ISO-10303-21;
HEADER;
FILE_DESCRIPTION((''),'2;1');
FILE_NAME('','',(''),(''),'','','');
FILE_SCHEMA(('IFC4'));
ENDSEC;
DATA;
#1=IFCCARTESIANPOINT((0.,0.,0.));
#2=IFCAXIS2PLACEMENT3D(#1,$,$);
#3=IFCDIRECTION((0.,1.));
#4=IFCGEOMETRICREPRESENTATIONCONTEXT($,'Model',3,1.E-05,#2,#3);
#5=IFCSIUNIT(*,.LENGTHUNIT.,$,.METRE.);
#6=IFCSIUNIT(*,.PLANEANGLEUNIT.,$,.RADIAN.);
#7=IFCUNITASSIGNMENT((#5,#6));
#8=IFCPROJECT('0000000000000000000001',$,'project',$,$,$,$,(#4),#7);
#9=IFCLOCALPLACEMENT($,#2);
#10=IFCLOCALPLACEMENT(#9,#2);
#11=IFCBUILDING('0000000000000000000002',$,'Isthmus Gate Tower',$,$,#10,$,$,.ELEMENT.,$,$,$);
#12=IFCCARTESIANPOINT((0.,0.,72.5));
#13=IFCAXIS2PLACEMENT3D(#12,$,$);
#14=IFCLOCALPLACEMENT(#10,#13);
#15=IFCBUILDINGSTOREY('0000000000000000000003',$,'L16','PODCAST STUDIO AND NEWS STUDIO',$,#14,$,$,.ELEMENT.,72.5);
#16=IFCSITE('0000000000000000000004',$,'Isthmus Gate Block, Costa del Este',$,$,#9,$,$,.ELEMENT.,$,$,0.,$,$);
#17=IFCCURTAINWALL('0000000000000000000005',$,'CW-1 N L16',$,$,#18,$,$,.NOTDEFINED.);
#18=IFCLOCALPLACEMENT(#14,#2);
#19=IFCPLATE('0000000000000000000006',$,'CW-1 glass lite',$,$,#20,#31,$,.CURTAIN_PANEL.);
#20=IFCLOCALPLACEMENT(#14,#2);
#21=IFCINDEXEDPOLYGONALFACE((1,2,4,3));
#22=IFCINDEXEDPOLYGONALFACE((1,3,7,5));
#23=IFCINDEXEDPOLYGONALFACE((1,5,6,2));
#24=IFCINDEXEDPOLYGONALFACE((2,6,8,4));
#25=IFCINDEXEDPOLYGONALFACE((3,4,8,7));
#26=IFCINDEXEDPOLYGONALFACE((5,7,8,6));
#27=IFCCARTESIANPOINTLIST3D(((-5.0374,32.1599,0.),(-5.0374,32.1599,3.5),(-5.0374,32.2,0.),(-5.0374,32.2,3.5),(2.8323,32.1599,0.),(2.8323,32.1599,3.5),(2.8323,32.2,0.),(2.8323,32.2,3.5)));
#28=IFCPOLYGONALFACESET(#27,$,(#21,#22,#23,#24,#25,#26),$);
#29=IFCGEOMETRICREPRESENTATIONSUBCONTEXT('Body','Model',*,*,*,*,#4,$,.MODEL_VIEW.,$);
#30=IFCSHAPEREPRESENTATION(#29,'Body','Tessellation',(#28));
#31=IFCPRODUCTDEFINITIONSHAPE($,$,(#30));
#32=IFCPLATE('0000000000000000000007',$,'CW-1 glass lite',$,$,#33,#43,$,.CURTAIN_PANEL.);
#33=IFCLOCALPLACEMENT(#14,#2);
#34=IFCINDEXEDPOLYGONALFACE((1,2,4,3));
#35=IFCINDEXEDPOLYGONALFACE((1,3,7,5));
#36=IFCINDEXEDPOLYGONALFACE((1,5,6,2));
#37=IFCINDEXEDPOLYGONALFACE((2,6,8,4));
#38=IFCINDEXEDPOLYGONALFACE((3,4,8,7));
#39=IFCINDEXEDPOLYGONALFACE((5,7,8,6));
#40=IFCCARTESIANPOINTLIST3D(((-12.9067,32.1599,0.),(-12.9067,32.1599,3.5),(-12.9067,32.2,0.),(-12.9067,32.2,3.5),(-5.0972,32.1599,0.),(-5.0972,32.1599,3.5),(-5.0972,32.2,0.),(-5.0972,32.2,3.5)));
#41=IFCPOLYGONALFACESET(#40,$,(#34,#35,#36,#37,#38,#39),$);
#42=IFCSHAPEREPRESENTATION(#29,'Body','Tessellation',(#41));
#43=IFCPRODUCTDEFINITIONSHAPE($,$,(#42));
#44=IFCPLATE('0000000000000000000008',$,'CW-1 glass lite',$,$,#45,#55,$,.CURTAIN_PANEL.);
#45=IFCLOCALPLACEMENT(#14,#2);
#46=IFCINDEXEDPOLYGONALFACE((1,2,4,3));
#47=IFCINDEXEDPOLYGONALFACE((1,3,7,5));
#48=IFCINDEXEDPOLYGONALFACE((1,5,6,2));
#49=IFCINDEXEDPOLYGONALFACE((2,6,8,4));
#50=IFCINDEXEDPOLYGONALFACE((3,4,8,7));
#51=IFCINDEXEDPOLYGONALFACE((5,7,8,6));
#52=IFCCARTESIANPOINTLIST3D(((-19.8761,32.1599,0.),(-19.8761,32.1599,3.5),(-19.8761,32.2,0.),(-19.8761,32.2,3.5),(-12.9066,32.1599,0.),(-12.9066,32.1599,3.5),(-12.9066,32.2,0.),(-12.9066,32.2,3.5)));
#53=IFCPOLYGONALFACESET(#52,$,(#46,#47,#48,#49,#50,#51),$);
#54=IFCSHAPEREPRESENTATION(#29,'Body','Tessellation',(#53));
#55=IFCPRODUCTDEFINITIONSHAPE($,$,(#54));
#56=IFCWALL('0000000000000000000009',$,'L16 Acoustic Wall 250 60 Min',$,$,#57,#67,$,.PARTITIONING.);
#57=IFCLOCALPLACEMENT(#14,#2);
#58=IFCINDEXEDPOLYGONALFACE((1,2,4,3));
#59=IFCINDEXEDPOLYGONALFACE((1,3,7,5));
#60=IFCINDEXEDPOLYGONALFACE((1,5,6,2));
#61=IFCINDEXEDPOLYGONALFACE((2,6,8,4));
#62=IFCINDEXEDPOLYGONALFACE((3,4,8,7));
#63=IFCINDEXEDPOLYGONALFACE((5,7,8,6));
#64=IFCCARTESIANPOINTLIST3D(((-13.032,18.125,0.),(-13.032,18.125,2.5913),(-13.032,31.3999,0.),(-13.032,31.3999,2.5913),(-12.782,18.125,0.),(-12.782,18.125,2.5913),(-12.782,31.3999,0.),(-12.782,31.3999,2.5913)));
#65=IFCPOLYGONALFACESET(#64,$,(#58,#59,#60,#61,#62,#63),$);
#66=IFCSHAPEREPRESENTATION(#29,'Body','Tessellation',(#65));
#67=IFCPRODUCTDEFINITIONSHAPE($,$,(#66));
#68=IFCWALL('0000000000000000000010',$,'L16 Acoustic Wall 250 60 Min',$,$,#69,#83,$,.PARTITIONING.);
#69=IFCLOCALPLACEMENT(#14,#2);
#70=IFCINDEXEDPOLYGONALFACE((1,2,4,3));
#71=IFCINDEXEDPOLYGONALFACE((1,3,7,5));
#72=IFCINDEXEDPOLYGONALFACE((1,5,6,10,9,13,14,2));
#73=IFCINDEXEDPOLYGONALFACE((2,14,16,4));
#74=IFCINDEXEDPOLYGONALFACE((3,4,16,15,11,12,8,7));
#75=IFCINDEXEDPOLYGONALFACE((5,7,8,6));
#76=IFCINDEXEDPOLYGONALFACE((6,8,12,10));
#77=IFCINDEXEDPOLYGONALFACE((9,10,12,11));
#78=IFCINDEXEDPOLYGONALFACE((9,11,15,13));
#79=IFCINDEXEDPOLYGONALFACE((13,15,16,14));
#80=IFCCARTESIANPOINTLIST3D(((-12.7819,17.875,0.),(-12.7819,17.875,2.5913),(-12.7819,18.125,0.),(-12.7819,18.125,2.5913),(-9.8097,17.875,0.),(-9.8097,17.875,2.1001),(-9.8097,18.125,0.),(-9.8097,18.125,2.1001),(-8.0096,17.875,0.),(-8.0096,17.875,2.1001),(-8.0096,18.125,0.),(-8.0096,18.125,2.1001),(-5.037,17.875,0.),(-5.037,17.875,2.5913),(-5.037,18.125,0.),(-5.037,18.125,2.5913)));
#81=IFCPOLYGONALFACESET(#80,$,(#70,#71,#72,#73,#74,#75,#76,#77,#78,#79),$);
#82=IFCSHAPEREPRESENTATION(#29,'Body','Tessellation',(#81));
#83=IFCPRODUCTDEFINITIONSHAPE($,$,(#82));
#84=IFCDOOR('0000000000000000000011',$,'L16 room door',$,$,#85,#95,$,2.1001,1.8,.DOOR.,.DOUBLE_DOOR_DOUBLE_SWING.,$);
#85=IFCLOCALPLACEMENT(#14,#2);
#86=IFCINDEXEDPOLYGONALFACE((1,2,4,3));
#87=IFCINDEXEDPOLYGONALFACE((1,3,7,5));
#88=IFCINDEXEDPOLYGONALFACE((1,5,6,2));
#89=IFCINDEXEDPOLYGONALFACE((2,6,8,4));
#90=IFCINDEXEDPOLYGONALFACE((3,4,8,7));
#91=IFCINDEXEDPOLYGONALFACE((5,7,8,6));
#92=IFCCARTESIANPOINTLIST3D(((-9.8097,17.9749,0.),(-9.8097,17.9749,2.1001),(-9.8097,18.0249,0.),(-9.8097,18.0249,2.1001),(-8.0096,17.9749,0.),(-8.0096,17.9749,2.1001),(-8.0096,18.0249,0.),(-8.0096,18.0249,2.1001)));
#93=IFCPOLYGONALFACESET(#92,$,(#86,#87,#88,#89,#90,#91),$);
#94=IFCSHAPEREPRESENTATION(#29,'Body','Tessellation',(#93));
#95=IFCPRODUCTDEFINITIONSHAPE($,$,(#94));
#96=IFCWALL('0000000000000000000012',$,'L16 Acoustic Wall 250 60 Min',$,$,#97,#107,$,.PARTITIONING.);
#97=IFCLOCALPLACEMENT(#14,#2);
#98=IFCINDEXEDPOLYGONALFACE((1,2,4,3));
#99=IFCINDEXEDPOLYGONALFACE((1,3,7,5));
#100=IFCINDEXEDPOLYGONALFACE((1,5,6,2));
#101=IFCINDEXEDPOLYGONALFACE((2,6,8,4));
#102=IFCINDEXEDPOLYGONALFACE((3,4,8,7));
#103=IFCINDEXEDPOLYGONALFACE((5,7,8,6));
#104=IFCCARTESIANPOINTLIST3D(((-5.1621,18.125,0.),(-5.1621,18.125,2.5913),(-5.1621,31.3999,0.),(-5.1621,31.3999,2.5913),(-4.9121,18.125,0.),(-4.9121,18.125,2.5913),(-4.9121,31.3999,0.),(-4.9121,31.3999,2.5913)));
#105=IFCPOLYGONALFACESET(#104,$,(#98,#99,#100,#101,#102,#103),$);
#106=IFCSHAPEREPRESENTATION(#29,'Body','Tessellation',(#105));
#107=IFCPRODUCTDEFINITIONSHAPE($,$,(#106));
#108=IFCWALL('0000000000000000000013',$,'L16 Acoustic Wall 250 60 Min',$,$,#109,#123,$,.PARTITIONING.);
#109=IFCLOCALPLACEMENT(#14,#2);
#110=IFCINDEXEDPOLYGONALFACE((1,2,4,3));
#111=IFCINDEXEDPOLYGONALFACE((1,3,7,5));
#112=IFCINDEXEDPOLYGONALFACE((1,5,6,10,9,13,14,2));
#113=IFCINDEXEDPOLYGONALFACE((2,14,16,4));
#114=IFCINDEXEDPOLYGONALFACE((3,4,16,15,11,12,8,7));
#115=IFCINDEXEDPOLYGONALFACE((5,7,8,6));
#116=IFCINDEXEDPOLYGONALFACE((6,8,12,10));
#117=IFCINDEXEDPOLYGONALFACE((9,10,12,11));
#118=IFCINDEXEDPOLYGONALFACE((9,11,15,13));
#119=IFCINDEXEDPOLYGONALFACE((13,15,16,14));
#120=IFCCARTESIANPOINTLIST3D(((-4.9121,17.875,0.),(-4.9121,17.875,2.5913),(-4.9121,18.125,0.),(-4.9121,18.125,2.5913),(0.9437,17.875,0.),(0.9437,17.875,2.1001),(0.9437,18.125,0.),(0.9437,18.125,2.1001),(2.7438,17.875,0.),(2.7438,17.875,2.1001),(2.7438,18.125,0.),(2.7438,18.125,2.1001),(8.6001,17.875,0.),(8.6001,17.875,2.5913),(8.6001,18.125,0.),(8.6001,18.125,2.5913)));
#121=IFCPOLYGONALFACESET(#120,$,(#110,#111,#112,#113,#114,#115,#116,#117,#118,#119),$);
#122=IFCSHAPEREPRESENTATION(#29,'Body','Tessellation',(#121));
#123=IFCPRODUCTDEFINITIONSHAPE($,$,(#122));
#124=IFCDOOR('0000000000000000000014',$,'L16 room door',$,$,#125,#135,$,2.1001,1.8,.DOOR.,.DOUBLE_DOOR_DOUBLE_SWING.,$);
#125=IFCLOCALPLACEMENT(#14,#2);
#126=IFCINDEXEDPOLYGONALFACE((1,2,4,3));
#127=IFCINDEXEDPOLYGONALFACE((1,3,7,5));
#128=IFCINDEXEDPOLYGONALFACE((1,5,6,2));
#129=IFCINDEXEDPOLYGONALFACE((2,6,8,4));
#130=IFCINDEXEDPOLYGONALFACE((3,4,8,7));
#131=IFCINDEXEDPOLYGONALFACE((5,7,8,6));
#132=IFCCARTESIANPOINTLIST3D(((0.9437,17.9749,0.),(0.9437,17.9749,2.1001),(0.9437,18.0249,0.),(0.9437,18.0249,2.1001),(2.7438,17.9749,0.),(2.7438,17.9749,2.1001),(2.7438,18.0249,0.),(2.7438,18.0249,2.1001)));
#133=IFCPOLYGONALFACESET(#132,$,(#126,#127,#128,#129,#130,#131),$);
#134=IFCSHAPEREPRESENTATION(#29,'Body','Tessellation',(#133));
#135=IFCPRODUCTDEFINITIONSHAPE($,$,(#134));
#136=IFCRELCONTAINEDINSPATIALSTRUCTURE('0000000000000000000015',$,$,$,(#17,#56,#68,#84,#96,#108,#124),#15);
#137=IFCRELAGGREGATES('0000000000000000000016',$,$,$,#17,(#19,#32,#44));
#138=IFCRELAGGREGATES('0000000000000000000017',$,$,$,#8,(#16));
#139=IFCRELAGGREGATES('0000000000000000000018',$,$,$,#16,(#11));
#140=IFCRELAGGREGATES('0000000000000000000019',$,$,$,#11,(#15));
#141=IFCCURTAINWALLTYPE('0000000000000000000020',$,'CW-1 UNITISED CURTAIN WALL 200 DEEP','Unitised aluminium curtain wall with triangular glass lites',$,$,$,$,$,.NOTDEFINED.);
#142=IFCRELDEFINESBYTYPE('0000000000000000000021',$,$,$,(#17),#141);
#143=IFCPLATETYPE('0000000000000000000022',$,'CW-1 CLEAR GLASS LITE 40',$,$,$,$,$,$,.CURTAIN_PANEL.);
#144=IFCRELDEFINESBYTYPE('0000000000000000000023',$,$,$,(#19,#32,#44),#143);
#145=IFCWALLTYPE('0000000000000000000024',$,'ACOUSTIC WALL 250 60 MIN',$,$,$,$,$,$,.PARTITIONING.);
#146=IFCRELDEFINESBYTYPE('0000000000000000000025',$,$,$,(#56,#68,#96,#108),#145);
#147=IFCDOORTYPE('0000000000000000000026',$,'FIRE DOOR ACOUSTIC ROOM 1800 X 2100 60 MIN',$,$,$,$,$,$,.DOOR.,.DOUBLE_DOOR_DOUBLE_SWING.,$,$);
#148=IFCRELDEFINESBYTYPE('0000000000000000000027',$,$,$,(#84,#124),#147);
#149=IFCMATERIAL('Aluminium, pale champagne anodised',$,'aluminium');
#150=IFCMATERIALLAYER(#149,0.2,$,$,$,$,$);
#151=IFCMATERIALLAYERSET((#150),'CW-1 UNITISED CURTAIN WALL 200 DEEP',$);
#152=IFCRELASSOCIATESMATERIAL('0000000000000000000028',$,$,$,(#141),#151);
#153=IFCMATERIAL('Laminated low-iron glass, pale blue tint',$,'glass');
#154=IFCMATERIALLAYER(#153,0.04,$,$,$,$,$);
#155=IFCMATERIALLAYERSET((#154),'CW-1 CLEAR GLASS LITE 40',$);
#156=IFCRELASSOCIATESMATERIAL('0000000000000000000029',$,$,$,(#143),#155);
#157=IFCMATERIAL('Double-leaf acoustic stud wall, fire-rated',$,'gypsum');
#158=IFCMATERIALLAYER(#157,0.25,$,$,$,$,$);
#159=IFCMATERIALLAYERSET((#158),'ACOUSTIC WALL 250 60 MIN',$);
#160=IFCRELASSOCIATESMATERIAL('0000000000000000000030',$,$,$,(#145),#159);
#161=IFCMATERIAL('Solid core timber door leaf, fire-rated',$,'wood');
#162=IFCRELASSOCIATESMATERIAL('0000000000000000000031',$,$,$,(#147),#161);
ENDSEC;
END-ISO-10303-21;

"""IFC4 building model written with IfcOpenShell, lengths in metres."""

from ifc_helpers import new_model, si_unit, direction, frame, frame_2d, origin, origin_2d, place, context, subcontext, project, spatial, rectangle, extrude, material, layer, layer_set, type_object, element, fill, aggregate, save


model = new_model("IFC4")

# Units and contexts
model_context = context("Model", 3, precision=1e-05, world=origin(), true_north=direction((0.0, 1.0)))
body_context = subcontext(model_context, "Body", "Model", "MODEL_VIEW")
ifc_project = project(units=[si_unit("LENGTHUNIT", "METRE"), si_unit("PLANEANGLEUNIT", "RADIAN")], contexts=[model_context])

# Site, building, storey
site_placement = place(None, origin())
site = spatial("IfcSite", under=ifc_project, at=site_placement, Name="Isthmus Gate Block, Costa del Este", CompositionType="ELEMENT", RefElevation=0.0)
building_placement = place(site_placement, origin())
building = spatial("IfcBuilding", under=site, at=building_placement, Name="Isthmus Gate Tower", CompositionType="ELEMENT")
storey_placement = place(building_placement, frame((0.0, 0.0, 72.5)))
storey = spatial("IfcBuildingStorey", under=building, at=storey_placement, Name="L16", Description="PODCAST STUDIO AND NEWS STUDIO", CompositionType="ELEMENT", Elevation=72.5)

# Curtain wall
ifc_material_1 = material(Name="Aluminium, pale champagne anodised", Category="aluminium")
ifc_layer_1 = layer(ifc_material_1, 0.2)
ifc_layer_set_1 = layer_set([ifc_layer_1], Name="CW-1 UNITISED CURTAIN WALL 200 DEEP")
curtain_wall_type = type_object("IfcCurtainWallType", Name="CW-1 UNITISED CURTAIN WALL 200 DEEP", Description="Unitised aluminium curtain wall with triangular glass lites", PredefinedType="NOTDEFINED", material=ifc_layer_set_1)
curtain_wall_placement = place(storey_placement, origin())
curtain_wall = element("IfcCurtainWall", 1, at=curtain_wall_placement, inside=storey, type_object=curtain_wall_type, Name="CW-1 N L16", PredefinedType="NOTDEFINED")

# Plates
ifc_material_2 = material(Name="Laminated low-iron glass, pale blue tint", Category="glass")
ifc_layer_2 = layer(ifc_material_2, 0.04)
ifc_layer_set_2 = layer_set([ifc_layer_2], Name="CW-1 CLEAR GLASS LITE 40")
plate_type = type_object("IfcPlateType", Name="CW-1 CLEAR GLASS LITE 40", PredefinedType="CURTAIN_PANEL", material=ifc_layer_set_2)
plate_1_placement = place(storey_placement, frame((-1.1025, 32.1799, 0.0), z_axis=(0.0, 0.0, 1.0), x_axis=(-1.0, 0.0, 0.0)))
plate_1 = element("IfcPlate", 2, at=plate_1_placement, type_object=plate_type, Name="CW-1 glass lite", PredefinedType="CURTAIN_PANEL", context=body_context, shape_type="SweptSolid", body=[
    extrude(rectangle(XDim=7.8696, YDim=0.04, at=origin_2d()), origin(), (0.0, 0.0, 1.0), 3.5),
])
plate_2_placement = place(storey_placement, frame((-9.002, 32.1799, 0.0), z_axis=(0.0, 0.0, 1.0), x_axis=(-1.0, 0.0, 0.0)))
plate_2 = element("IfcPlate", 3, at=plate_2_placement, type_object=plate_type, Name="CW-1 glass lite", PredefinedType="CURTAIN_PANEL", context=body_context, shape_type="SweptSolid", body=[
    extrude(rectangle(XDim=7.8096, YDim=0.04, at=origin_2d()), origin(), (0.0, 0.0, 1.0), 3.5),
])
plate_3_placement = place(storey_placement, frame((-16.3914, 32.1799, 0.0), z_axis=(0.0, 0.0, 1.0), x_axis=(-1.0, 0.0, 0.0)))
plate_3 = element("IfcPlate", 4, at=plate_3_placement, type_object=plate_type, Name="CW-1 glass lite", PredefinedType="CURTAIN_PANEL", context=body_context, shape_type="SweptSolid", body=[
    extrude(rectangle(XDim=6.9695, YDim=0.04, at=origin_2d()), origin(), (0.0, 0.0, 1.0), 3.5),
])
aggregate(curtain_wall, [plate_1, plate_2, plate_3])

# Wall
ifc_material_3 = material(Name="Double-leaf acoustic stud wall, fire-rated", Category="gypsum")
ifc_layer_3 = layer(ifc_material_3, 0.25)
ifc_layer_set_3 = layer_set([ifc_layer_3], Name="ACOUSTIC WALL 250 60 MIN")
wall_type = type_object("IfcWallType", Name="ACOUSTIC WALL 250 60 MIN", PredefinedType="PARTITIONING", material=ifc_layer_set_3)
wall_1_placement = place(storey_placement, frame((-12.907, 18.125, 0.0), z_axis=(0.0, 0.0, 1.0), x_axis=(0.0, 1.0, 0.0)))
element("IfcWall", 5, at=wall_1_placement, inside=storey, type_object=wall_type, Name="L16 Acoustic Wall 250 60 Min", PredefinedType="PARTITIONING", context=body_context, shape_type="SweptSolid", body=[
    extrude(rectangle(XDim=13.2749, YDim=0.25, at=frame_2d((6.6375, 0.0))), origin(), (0.0, 0.0, 1.0), 2.5913),
])

# Wall, opening, door
wall_2_placement = place(storey_placement, frame((-12.782, 18.0, 0.0), z_axis=(0.0, 0.0, 1.0), x_axis=(1.0, 0.0, 0.0)))
wall_2 = element("IfcWall", 6, at=wall_2_placement, inside=storey, type_object=wall_type, Name="L16 Acoustic Wall 250 60 Min", PredefinedType="PARTITIONING", context=body_context, shape_type="SweptSolid", body=[
    extrude(rectangle(XDim=7.7449, YDim=0.25, at=frame_2d((3.8726, 0.0))), origin(), (0.0, 0.0, 1.0), 2.5913),
])
opening_1_placement = place(wall_2_placement, frame((2.9724, 0.0, 0.0)))
opening_1 = element("IfcOpeningElement", 7, at=opening_1_placement, cuts=wall_2, PredefinedType="OPENING", context=body_context, shape_type="SweptSolid", body=[
    extrude(rectangle(XDim=1.8, YDim=2.1001, at=frame_2d((0.8999, 1.05))), frame((0.0, 0.135, 0.0), z_axis=(0.0, -1.0, 0.0), x_axis=(1.0, 0.0, 0.0)), (0.0, 0.0, 1.0), 0.27),
])
ifc_material_4 = material(Name="Solid core timber door leaf, fire-rated", Category="wood")
door_type = type_object("IfcDoorType", Name="FIRE DOOR ACOUSTIC ROOM 1800 X 2100 60 MIN", OperationType="DOUBLE_DOOR_DOUBLE_SWING", PredefinedType="DOOR", material=ifc_material_4)
door_1_placement = place(opening_1_placement, origin())
door_1 = element("IfcDoor", 8, at=door_1_placement, inside=storey, type_object=door_type, Name="L16 room door", OperationType="DOUBLE_DOOR_DOUBLE_SWING", OverallHeight=2.1001, OverallWidth=1.8, PredefinedType="DOOR", context=body_context, shape_type="SweptSolid", body=[
    extrude(rectangle(XDim=1.8, YDim=2.1001, at=frame_2d((0.8999, 1.05))), frame((0.0, 0.0249, 0.0), z_axis=(0.0, -1.0, 0.0), x_axis=(1.0, 0.0, 0.0)), (0.0, 0.0, 1.0), 0.05),
])
fill(opening_1, door_1)

# Wall
wall_3_placement = place(storey_placement, frame((-5.0371, 18.125, 0.0), z_axis=(0.0, 0.0, 1.0), x_axis=(0.0, 1.0, 0.0)))
element("IfcWall", 9, at=wall_3_placement, inside=storey, type_object=wall_type, Name="L16 Acoustic Wall 250 60 Min", PredefinedType="PARTITIONING", context=body_context, shape_type="SweptSolid", body=[
    extrude(rectangle(XDim=13.2749, YDim=0.25, at=frame_2d((6.6375, 0.0))), origin(), (0.0, 0.0, 1.0), 2.5913),
])

# Wall, opening, door
wall_4_placement = place(storey_placement, frame((-4.9121, 18.0, 0.0), z_axis=(0.0, 0.0, 1.0), x_axis=(1.0, 0.0, 0.0)))
wall_4 = element("IfcWall", 10, at=wall_4_placement, inside=storey, type_object=wall_type, Name="L16 Acoustic Wall 250 60 Min", PredefinedType="PARTITIONING", context=body_context, shape_type="SweptSolid", body=[
    extrude(rectangle(XDim=13.5122, YDim=0.25, at=frame_2d((6.7561, 0.0))), origin(), (0.0, 0.0, 1.0), 2.5913),
])
opening_2_placement = place(wall_4_placement, frame((5.856, 0.0, 0.0)))
opening_2 = element("IfcOpeningElement", 11, at=opening_2_placement, cuts=wall_4, PredefinedType="OPENING", context=body_context, shape_type="SweptSolid", body=[
    extrude(rectangle(XDim=1.8, YDim=2.1001, at=frame_2d((0.8999, 1.05))), frame((0.0, 0.135, 0.0), z_axis=(0.0, -1.0, 0.0), x_axis=(1.0, 0.0, 0.0)), (0.0, 0.0, 1.0), 0.27),
])
door_2_placement = place(opening_2_placement, origin())
door_2 = element("IfcDoor", 12, at=door_2_placement, inside=storey, type_object=door_type, Name="L16 room door", OperationType="DOUBLE_DOOR_DOUBLE_SWING", OverallHeight=2.1001, OverallWidth=1.8, PredefinedType="DOOR", context=body_context, shape_type="SweptSolid", body=[
    extrude(rectangle(XDim=1.8, YDim=2.1001, at=frame_2d((0.8999, 1.05))), frame((0.0, 0.0249, 0.0), z_axis=(0.0, -1.0, 0.0), x_axis=(1.0, 0.0, 0.0)), (0.0, 0.0, 1.0), 0.05),
])
fill(opening_2, door_2)

save(model, "model.ifc")
